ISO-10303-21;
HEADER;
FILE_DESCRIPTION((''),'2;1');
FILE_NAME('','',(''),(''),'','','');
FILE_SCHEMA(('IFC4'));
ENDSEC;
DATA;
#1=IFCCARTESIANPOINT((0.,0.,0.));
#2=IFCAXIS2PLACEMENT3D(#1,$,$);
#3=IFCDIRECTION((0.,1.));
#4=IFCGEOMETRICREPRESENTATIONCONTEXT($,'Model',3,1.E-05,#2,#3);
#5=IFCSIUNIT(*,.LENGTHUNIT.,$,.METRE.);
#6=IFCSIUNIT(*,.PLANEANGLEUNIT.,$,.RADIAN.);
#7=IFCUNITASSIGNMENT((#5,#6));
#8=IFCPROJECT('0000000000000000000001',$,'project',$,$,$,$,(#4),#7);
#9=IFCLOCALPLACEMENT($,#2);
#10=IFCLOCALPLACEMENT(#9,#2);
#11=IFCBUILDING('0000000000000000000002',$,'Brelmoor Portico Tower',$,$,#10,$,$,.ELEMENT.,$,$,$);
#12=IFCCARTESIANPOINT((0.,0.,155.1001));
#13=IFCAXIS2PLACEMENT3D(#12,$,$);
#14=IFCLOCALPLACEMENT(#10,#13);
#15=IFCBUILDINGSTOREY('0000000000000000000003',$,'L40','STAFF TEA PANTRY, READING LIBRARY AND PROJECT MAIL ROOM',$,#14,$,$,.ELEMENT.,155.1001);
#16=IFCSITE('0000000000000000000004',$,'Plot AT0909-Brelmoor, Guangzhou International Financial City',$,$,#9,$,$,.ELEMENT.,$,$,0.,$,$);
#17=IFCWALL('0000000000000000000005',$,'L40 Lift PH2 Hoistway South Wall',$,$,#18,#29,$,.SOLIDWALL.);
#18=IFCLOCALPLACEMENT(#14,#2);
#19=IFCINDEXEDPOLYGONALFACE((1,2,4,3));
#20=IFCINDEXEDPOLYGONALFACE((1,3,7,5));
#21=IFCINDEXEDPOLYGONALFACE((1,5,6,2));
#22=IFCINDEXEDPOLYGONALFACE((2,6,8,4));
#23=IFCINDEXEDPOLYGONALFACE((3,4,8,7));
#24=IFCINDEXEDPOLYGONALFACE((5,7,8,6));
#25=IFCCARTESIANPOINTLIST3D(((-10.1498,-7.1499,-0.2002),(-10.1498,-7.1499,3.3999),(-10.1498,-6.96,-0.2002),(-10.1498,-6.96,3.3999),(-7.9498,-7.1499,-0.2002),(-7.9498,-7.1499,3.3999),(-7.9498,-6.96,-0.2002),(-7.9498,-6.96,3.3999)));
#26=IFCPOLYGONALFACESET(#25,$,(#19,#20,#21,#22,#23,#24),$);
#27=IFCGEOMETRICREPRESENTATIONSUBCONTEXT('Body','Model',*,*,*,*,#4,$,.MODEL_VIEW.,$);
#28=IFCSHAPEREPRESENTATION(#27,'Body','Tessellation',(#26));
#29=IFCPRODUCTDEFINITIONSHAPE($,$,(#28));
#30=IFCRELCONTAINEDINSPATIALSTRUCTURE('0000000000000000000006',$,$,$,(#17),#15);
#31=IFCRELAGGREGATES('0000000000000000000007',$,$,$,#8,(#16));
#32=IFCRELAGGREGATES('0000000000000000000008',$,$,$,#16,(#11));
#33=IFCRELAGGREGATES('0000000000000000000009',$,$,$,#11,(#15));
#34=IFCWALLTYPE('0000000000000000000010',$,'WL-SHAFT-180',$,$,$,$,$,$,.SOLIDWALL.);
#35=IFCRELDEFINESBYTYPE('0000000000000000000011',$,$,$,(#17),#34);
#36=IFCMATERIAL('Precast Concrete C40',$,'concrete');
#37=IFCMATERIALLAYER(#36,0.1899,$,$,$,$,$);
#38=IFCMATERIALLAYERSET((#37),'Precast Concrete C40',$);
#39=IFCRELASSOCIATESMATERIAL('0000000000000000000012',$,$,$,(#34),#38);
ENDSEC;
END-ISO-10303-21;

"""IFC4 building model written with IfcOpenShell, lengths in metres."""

from ifc_helpers import new_model, si_unit, direction, frame, frame_2d, origin, place, context, subcontext, project, spatial, rectangle, extrude, material, layer, layer_set, type_object, element, save


model = new_model("IFC4")

# Units and contexts
model_context = context("Model", 3, precision=1e-05, world=origin(), true_north=direction((0.0, 1.0)))
body_context = subcontext(model_context, "Body", "Model", "MODEL_VIEW")
ifc_project = project(units=[si_unit("LENGTHUNIT", "METRE"), si_unit("PLANEANGLEUNIT", "RADIAN")], contexts=[model_context])

# Site, building, storey
site_placement = place(None, origin())
site = spatial("IfcSite", under=ifc_project, at=site_placement, Name="Plot AT0909-Brelmoor, Guangzhou International Financial City", CompositionType="ELEMENT", RefElevation=0.0)
building_placement = place(site_placement, origin())
building = spatial("IfcBuilding", under=site, at=building_placement, Name="Brelmoor Portico Tower", CompositionType="ELEMENT")
storey_placement = place(building_placement, frame((0.0, 0.0, 155.1001)))
storey = spatial("IfcBuildingStorey", under=building, at=storey_placement, Name="L40", Description="STAFF TEA PANTRY, READING LIBRARY AND PROJECT MAIL ROOM", CompositionType="ELEMENT", Elevation=155.1001)

# Shared definitions
ifc_material_1 = material(Name="Precast Concrete C40", Category="concrete")
ifc_layer_1 = layer(ifc_material_1, 0.1899)
ifc_layer_set_1 = layer_set([ifc_layer_1], Name="Precast Concrete C40")
wall_type_1 = type_object("IfcWallType", Name="WL-SHAFT-180", PredefinedType="SOLIDWALL", material=ifc_layer_set_1)

# Wall
for number, where, z_axis, x_axis, name in (
    (1, (-10.1499, -7.0549, -0.2002), (0.0, 0.0, 1.0), (1.0, 0.0, 0.0), "L40 Lift PH2 Hoistway South Wall"),
):
    element("IfcWall", number, at=place(storey_placement, frame(where, z_axis=z_axis, x_axis=x_axis)), inside=storey, type_object=wall_type_1, Name=name, PredefinedType="SOLIDWALL", context=body_context, shape_type="SweptSolid", body=[
        extrude(rectangle(XDim=2.2, YDim=0.1899, at=frame_2d((1.1001, 0.0))), origin(), (0.0, 0.0, 1.0), 3.6001),
    ])

save(model, "model.ifc")
